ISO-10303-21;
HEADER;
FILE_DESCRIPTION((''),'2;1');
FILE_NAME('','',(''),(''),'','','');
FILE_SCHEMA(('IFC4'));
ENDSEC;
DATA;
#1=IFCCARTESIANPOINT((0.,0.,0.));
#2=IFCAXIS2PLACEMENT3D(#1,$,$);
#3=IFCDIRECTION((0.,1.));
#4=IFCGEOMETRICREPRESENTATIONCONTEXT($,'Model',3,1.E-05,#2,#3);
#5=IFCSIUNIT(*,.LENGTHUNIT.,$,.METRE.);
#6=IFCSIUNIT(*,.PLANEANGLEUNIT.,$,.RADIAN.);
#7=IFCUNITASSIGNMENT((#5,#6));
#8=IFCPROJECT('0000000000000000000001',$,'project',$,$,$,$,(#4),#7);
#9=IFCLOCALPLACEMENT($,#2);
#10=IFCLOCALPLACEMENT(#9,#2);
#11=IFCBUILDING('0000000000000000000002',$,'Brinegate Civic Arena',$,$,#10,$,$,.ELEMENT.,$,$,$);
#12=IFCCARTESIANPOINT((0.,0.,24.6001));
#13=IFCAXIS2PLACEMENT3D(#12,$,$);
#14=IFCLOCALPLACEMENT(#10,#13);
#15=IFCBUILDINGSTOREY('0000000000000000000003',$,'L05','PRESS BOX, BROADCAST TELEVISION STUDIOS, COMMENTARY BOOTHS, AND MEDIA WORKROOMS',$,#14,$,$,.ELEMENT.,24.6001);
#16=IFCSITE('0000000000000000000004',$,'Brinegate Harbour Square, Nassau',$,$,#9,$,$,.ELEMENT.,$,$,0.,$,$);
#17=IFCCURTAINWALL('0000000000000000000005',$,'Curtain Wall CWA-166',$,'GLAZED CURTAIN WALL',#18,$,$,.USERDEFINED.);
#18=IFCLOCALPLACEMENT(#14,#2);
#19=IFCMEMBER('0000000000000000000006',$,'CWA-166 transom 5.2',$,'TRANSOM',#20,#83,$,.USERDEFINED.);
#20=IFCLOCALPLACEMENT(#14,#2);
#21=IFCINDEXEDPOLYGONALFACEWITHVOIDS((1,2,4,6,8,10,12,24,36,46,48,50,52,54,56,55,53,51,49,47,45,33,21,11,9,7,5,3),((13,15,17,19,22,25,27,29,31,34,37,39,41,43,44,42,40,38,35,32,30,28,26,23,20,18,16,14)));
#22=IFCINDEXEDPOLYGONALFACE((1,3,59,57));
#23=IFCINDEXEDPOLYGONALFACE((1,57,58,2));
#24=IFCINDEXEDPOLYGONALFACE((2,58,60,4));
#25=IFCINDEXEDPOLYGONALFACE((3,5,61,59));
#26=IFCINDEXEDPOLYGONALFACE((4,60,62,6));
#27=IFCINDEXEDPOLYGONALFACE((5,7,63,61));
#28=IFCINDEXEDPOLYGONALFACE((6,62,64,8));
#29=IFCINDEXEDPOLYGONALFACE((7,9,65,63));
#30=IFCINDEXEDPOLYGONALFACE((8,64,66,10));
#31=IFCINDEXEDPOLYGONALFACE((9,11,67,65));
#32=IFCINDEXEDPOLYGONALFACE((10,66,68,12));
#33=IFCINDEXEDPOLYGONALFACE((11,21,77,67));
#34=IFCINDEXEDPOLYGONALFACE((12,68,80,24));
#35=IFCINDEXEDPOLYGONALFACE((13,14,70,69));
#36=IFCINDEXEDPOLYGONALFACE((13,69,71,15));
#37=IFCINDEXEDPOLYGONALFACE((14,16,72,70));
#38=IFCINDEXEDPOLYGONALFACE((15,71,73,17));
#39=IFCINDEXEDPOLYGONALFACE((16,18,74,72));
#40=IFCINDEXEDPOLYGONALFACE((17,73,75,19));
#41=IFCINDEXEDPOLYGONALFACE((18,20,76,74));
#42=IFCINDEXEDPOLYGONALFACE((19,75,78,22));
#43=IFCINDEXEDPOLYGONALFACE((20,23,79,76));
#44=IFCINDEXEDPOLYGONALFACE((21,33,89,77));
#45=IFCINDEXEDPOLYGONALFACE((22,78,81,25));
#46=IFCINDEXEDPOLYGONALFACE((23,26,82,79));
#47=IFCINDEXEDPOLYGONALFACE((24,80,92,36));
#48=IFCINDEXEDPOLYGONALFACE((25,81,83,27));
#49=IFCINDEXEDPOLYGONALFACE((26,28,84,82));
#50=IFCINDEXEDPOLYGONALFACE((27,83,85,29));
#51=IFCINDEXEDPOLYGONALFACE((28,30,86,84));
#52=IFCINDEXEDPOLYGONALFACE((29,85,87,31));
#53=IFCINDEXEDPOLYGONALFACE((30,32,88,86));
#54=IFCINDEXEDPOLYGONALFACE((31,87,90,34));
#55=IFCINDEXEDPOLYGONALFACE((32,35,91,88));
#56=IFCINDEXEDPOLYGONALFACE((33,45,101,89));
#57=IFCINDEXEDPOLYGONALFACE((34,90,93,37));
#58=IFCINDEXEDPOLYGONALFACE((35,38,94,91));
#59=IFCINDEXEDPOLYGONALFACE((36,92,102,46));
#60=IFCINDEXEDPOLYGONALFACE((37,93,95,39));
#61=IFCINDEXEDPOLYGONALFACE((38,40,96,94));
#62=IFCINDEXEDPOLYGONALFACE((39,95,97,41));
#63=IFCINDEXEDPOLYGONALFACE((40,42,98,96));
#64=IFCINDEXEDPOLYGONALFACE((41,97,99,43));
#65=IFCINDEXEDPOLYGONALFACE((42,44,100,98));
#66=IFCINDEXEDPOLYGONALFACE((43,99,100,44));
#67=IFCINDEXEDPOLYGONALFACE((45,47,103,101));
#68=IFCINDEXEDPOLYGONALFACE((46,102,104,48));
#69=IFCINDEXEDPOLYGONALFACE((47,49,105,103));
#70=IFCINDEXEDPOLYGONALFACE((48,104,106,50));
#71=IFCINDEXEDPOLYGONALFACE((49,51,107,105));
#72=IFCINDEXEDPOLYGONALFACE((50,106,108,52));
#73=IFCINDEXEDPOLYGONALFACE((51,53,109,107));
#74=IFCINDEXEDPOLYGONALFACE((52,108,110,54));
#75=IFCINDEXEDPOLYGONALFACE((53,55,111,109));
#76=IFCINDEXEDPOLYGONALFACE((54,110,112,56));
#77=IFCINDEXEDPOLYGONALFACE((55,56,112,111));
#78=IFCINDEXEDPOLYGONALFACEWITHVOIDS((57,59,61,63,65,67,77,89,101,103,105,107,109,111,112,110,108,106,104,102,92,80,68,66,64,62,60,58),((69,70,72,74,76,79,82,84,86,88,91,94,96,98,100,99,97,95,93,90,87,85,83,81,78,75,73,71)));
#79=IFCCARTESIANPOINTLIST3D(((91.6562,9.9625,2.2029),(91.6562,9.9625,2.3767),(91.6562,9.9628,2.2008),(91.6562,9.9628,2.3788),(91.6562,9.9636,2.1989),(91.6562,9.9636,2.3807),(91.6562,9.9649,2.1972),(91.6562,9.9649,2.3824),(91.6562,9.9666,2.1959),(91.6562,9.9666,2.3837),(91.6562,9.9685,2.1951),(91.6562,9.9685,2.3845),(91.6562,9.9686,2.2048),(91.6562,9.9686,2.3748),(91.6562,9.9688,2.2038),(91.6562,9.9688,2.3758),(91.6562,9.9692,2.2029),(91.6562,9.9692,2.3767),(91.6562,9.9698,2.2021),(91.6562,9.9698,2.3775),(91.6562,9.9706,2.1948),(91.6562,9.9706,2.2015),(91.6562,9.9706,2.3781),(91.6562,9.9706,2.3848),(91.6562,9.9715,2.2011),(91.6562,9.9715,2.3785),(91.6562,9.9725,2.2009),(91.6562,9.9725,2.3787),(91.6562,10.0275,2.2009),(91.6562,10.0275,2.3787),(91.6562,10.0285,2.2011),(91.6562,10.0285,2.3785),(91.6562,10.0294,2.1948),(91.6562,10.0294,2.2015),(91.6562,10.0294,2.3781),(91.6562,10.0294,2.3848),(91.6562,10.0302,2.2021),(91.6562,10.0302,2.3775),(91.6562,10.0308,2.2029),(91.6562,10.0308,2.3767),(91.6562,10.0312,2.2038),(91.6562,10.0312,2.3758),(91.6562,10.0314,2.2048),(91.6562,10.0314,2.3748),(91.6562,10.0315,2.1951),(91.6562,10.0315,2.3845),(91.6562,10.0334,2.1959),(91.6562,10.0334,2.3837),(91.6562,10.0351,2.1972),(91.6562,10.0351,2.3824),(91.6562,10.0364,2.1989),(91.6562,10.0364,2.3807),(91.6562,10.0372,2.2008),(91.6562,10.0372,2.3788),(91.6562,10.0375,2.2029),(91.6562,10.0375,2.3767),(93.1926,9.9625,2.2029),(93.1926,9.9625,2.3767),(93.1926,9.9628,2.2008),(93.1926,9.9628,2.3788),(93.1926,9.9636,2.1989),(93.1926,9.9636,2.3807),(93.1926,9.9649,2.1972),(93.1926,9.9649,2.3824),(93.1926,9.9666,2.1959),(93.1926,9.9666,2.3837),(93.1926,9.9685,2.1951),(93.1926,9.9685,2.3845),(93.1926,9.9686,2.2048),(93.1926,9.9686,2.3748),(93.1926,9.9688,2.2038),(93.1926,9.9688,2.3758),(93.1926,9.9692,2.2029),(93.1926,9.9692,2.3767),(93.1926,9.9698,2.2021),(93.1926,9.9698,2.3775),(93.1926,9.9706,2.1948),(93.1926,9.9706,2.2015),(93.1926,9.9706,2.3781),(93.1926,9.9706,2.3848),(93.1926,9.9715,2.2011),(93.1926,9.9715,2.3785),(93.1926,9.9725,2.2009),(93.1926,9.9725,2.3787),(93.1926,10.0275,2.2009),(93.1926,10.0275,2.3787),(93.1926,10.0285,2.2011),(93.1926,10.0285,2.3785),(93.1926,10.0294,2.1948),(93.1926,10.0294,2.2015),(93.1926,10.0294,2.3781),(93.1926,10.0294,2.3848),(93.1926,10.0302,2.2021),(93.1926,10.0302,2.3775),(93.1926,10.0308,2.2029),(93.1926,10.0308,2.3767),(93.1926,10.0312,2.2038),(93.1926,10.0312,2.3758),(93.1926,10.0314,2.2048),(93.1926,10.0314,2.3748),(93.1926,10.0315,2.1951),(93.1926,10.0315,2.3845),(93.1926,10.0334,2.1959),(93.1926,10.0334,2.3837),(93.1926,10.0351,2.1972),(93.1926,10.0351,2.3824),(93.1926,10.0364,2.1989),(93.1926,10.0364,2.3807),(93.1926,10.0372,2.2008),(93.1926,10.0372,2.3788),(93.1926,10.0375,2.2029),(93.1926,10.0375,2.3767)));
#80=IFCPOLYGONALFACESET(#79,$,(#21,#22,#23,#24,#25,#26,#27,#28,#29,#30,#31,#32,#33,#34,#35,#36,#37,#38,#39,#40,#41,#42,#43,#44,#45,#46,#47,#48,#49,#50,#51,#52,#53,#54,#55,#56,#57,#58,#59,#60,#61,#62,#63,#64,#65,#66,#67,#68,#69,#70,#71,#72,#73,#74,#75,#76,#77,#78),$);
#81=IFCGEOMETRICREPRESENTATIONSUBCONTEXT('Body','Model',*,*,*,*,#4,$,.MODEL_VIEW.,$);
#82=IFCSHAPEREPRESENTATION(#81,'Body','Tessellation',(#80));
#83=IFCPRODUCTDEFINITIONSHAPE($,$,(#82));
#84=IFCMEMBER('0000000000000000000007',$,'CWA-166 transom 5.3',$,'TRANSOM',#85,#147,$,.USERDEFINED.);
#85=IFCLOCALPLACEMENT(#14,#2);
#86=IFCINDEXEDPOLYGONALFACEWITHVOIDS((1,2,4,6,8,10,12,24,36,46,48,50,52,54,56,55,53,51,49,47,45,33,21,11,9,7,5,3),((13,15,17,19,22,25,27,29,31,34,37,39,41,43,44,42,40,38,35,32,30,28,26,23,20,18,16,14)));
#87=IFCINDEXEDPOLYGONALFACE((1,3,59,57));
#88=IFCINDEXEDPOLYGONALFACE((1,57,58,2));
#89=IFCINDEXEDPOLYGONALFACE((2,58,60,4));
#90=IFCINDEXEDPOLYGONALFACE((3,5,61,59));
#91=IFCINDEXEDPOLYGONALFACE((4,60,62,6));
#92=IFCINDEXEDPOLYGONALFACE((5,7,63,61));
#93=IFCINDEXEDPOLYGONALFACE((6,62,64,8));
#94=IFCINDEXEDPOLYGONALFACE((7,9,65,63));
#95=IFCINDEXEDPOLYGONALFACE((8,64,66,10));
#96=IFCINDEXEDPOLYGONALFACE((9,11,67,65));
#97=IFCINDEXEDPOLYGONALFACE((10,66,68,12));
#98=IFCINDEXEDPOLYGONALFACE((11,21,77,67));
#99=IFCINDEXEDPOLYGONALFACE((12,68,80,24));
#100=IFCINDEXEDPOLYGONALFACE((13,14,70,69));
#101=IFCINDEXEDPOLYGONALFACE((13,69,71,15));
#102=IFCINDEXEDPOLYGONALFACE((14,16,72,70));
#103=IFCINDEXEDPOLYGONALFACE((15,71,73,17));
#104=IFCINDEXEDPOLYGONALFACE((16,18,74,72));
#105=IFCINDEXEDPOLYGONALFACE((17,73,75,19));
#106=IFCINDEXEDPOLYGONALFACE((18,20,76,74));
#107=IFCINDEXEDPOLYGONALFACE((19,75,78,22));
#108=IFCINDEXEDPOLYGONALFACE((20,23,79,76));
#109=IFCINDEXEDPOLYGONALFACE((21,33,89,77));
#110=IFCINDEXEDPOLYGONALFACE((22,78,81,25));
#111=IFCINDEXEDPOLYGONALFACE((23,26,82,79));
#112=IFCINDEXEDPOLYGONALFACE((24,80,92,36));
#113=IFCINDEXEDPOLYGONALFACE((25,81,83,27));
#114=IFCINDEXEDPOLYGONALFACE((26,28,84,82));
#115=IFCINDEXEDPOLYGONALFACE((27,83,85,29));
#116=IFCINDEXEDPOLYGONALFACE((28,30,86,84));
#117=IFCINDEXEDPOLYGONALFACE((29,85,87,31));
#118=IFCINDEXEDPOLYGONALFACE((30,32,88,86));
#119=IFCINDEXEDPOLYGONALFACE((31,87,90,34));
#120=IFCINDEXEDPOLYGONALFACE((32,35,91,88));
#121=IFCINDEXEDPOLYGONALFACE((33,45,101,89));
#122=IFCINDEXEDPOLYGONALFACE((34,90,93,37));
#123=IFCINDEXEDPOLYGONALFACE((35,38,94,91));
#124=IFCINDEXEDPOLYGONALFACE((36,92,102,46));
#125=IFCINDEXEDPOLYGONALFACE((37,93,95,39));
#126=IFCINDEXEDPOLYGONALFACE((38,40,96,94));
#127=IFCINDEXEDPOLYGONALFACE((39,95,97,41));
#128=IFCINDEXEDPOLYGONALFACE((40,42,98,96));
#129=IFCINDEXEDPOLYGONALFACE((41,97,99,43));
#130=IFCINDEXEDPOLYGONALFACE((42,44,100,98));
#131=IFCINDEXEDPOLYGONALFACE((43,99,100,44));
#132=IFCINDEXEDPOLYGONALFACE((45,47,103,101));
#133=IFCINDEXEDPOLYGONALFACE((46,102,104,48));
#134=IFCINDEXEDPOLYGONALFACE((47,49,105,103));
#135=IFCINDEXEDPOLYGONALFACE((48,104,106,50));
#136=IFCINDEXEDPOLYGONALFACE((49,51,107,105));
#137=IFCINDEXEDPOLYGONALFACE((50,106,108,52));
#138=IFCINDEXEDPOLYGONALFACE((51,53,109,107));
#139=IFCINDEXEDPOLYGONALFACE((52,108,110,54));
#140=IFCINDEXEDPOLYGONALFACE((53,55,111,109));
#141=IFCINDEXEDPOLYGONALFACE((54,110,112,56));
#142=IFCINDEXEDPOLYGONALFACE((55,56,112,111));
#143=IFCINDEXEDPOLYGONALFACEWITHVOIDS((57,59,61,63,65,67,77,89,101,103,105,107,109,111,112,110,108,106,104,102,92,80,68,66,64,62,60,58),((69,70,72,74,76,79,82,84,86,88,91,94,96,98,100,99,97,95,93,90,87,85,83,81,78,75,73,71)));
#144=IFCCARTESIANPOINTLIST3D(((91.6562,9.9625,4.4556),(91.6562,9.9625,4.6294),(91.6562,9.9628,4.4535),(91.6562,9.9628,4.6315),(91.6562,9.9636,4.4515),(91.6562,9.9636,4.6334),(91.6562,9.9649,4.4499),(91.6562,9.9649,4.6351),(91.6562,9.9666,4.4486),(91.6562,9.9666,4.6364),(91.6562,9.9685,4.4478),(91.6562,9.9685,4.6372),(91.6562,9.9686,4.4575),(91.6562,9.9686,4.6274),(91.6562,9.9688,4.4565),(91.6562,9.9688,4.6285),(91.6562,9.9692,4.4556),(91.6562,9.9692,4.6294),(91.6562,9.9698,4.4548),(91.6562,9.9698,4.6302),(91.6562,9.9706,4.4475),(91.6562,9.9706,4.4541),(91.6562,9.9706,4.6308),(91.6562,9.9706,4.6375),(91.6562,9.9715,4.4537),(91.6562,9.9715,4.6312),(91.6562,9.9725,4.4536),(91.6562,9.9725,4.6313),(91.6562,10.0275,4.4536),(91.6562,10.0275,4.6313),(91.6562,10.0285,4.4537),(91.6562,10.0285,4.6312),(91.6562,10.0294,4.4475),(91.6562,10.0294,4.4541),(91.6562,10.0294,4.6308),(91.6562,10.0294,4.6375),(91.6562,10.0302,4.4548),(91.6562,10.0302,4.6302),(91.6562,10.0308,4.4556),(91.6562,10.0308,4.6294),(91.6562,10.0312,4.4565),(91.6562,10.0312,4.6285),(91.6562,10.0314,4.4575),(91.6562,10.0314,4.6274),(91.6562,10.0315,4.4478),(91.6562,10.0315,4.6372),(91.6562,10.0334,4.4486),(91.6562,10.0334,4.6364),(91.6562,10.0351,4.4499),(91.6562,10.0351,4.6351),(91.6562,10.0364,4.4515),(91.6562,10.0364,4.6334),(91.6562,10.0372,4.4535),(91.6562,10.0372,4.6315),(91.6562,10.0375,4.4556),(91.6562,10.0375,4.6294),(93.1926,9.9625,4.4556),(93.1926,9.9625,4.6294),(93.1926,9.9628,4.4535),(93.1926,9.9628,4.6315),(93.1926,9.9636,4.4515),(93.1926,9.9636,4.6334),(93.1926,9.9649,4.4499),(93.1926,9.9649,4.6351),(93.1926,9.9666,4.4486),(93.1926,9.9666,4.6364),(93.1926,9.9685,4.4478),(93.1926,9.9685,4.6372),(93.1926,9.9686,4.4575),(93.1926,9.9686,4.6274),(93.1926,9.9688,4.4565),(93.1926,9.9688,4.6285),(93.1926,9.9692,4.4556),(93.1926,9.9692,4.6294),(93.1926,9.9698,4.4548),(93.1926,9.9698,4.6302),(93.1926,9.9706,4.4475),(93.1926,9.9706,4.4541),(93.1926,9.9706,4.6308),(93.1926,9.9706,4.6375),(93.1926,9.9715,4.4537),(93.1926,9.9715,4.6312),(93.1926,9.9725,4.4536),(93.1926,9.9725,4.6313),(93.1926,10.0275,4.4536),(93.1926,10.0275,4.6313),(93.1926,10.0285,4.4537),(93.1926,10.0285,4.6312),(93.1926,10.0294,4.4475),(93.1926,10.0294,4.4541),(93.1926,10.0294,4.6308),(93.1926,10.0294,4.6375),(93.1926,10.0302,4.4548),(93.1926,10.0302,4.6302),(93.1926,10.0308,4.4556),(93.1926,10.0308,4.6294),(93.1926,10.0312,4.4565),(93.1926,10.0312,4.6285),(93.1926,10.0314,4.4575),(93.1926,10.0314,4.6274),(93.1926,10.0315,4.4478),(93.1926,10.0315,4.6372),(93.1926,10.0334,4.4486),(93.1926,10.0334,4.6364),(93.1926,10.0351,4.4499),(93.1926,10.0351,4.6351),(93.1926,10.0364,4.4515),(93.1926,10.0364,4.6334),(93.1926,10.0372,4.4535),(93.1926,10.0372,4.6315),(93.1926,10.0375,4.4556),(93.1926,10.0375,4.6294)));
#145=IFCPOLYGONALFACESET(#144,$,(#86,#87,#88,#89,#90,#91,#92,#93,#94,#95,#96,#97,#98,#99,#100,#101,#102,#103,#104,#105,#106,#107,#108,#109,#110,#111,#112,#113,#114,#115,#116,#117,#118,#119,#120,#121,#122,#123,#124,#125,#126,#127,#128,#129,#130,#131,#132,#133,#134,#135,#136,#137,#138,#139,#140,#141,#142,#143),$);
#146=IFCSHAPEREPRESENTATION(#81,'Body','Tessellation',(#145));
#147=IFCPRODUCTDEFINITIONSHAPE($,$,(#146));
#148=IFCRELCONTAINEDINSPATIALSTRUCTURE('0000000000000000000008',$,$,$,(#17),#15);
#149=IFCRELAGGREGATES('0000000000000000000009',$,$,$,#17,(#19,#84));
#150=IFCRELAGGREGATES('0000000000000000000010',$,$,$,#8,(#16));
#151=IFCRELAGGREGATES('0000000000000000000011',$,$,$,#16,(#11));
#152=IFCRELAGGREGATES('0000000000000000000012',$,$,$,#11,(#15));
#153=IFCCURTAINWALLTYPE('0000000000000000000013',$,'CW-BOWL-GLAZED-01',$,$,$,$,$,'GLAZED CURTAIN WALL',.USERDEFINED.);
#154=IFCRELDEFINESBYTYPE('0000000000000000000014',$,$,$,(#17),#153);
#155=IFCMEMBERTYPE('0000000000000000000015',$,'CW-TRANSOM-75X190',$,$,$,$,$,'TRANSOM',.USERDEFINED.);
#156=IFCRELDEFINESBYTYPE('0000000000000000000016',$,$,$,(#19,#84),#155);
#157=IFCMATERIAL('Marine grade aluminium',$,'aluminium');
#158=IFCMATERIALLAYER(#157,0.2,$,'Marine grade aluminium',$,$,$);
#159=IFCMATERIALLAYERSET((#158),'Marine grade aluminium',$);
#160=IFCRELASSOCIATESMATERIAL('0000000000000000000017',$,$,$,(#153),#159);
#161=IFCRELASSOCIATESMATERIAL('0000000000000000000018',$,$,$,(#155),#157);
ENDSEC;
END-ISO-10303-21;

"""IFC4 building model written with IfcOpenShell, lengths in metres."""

from ifc_helpers import new_model, si_unit, direction, frame, origin, origin_2d, place, context, subcontext, project, spatial, hollow_rectangle, extrude, material, layer, layer_set, material_profile, profile_set, type_object, element, aggregate, save


model = new_model("IFC4")

# Units and contexts
model_context = context("Model", 3, precision=1e-05, world=origin(), true_north=direction((0.0, 1.0)))
body_context = subcontext(model_context, "Body", "Model", "MODEL_VIEW")
ifc_project = project(units=[si_unit("LENGTHUNIT", "METRE"), si_unit("PLANEANGLEUNIT", "RADIAN")], contexts=[model_context])

# Site, building, storey
site_placement = place(None, origin())
site = spatial("IfcSite", under=ifc_project, at=site_placement, Name="Brinegate Harbour Square, Nassau", CompositionType="ELEMENT", RefElevation=0.0)
building_placement = place(site_placement, origin())
building = spatial("IfcBuilding", under=site, at=building_placement, Name="Brinegate Civic Arena", CompositionType="ELEMENT")
storey_placement = place(building_placement, frame((0.0, 0.0, 24.6001)))
storey = spatial("IfcBuildingStorey", under=building, at=storey_placement, Name="L05", Description="PRESS BOX, BROADCAST TELEVISION STUDIOS, COMMENTARY BOOTHS, AND MEDIA WORKROOMS", CompositionType="ELEMENT", Elevation=24.6001)

# Shared definitions
ifc_material_1 = material(Name="Marine grade aluminium", Category="aluminium")
ifc_layer_1 = layer(ifc_material_1, 0.2, Name="Marine grade aluminium")
ifc_layer_set_1 = layer_set([ifc_layer_1], Name="Marine grade aluminium")
curtain_wall_type = type_object("IfcCurtainWallType", Name="CW-BOWL-GLAZED-01", ElementType="GLAZED CURTAIN WALL", PredefinedType="USERDEFINED", material=ifc_layer_set_1)

# Curtain wall
curtain_wall_1_placement = place(storey_placement, origin())
curtain_wall_1 = element("IfcCurtainWall", 1, at=curtain_wall_1_placement, inside=storey, type_object=curtain_wall_type, Name="Curtain Wall CWA-166", ObjectType="GLAZED CURTAIN WALL", PredefinedType="USERDEFINED")

# Members
ifc_material_profile_1 = material_profile(ifc_material_1, hollow_rectangle(XDim=0.075, YDim=0.1899, WallThickness=0.0061, InnerFilletRadius=0.0039, OuterFilletRadius=0.0081, at=origin_2d()), Name="TRN75X190")
ifc_profile_set_1 = profile_set([ifc_material_profile_1], Name="Marine grade aluminium")
member_type_1 = type_object("IfcMemberType", Name="CW-TRANSOM-75X190", ElementType="TRANSOM", PredefinedType="USERDEFINED", material=ifc_profile_set_1)
member_1_placement = place(storey_placement, frame((91.6562, 10.0, 2.2898), z_axis=(1.0, 0.0, 0.0), x_axis=(0.0, 1.0, 0.0)))
member_1 = element("IfcMember", 2, at=member_1_placement, type_object=member_type_1, Name="CWA-166 transom 5.2", ObjectType="TRANSOM", PredefinedType="USERDEFINED", context=body_context, shape_type="SweptSolid", body=[
    extrude(hollow_rectangle(XDim=0.075, YDim=0.1899, WallThickness=0.0061, InnerFilletRadius=0.0039, OuterFilletRadius=0.0081, at=origin_2d()), origin(), (0.0, 0.0, 1.0), 1.5364),
])
member_2_placement = place(storey_placement, frame((91.6562, 10.0, 4.5425), z_axis=(1.0, 0.0, 0.0), x_axis=(0.0, 1.0, 0.0)))
member_2 = element("IfcMember", 3, at=member_2_placement, type_object=member_type_1, Name="CWA-166 transom 5.3", ObjectType="TRANSOM", PredefinedType="USERDEFINED", context=body_context, shape_type="SweptSolid", body=[
    extrude(hollow_rectangle(XDim=0.075, YDim=0.1899, WallThickness=0.0061, InnerFilletRadius=0.0039, OuterFilletRadius=0.0081, at=origin_2d()), origin(), (0.0, 0.0, 1.0), 1.5364),
])

aggregate(curtain_wall_1, [member_1, member_2])

save(model, "model.ifc")
